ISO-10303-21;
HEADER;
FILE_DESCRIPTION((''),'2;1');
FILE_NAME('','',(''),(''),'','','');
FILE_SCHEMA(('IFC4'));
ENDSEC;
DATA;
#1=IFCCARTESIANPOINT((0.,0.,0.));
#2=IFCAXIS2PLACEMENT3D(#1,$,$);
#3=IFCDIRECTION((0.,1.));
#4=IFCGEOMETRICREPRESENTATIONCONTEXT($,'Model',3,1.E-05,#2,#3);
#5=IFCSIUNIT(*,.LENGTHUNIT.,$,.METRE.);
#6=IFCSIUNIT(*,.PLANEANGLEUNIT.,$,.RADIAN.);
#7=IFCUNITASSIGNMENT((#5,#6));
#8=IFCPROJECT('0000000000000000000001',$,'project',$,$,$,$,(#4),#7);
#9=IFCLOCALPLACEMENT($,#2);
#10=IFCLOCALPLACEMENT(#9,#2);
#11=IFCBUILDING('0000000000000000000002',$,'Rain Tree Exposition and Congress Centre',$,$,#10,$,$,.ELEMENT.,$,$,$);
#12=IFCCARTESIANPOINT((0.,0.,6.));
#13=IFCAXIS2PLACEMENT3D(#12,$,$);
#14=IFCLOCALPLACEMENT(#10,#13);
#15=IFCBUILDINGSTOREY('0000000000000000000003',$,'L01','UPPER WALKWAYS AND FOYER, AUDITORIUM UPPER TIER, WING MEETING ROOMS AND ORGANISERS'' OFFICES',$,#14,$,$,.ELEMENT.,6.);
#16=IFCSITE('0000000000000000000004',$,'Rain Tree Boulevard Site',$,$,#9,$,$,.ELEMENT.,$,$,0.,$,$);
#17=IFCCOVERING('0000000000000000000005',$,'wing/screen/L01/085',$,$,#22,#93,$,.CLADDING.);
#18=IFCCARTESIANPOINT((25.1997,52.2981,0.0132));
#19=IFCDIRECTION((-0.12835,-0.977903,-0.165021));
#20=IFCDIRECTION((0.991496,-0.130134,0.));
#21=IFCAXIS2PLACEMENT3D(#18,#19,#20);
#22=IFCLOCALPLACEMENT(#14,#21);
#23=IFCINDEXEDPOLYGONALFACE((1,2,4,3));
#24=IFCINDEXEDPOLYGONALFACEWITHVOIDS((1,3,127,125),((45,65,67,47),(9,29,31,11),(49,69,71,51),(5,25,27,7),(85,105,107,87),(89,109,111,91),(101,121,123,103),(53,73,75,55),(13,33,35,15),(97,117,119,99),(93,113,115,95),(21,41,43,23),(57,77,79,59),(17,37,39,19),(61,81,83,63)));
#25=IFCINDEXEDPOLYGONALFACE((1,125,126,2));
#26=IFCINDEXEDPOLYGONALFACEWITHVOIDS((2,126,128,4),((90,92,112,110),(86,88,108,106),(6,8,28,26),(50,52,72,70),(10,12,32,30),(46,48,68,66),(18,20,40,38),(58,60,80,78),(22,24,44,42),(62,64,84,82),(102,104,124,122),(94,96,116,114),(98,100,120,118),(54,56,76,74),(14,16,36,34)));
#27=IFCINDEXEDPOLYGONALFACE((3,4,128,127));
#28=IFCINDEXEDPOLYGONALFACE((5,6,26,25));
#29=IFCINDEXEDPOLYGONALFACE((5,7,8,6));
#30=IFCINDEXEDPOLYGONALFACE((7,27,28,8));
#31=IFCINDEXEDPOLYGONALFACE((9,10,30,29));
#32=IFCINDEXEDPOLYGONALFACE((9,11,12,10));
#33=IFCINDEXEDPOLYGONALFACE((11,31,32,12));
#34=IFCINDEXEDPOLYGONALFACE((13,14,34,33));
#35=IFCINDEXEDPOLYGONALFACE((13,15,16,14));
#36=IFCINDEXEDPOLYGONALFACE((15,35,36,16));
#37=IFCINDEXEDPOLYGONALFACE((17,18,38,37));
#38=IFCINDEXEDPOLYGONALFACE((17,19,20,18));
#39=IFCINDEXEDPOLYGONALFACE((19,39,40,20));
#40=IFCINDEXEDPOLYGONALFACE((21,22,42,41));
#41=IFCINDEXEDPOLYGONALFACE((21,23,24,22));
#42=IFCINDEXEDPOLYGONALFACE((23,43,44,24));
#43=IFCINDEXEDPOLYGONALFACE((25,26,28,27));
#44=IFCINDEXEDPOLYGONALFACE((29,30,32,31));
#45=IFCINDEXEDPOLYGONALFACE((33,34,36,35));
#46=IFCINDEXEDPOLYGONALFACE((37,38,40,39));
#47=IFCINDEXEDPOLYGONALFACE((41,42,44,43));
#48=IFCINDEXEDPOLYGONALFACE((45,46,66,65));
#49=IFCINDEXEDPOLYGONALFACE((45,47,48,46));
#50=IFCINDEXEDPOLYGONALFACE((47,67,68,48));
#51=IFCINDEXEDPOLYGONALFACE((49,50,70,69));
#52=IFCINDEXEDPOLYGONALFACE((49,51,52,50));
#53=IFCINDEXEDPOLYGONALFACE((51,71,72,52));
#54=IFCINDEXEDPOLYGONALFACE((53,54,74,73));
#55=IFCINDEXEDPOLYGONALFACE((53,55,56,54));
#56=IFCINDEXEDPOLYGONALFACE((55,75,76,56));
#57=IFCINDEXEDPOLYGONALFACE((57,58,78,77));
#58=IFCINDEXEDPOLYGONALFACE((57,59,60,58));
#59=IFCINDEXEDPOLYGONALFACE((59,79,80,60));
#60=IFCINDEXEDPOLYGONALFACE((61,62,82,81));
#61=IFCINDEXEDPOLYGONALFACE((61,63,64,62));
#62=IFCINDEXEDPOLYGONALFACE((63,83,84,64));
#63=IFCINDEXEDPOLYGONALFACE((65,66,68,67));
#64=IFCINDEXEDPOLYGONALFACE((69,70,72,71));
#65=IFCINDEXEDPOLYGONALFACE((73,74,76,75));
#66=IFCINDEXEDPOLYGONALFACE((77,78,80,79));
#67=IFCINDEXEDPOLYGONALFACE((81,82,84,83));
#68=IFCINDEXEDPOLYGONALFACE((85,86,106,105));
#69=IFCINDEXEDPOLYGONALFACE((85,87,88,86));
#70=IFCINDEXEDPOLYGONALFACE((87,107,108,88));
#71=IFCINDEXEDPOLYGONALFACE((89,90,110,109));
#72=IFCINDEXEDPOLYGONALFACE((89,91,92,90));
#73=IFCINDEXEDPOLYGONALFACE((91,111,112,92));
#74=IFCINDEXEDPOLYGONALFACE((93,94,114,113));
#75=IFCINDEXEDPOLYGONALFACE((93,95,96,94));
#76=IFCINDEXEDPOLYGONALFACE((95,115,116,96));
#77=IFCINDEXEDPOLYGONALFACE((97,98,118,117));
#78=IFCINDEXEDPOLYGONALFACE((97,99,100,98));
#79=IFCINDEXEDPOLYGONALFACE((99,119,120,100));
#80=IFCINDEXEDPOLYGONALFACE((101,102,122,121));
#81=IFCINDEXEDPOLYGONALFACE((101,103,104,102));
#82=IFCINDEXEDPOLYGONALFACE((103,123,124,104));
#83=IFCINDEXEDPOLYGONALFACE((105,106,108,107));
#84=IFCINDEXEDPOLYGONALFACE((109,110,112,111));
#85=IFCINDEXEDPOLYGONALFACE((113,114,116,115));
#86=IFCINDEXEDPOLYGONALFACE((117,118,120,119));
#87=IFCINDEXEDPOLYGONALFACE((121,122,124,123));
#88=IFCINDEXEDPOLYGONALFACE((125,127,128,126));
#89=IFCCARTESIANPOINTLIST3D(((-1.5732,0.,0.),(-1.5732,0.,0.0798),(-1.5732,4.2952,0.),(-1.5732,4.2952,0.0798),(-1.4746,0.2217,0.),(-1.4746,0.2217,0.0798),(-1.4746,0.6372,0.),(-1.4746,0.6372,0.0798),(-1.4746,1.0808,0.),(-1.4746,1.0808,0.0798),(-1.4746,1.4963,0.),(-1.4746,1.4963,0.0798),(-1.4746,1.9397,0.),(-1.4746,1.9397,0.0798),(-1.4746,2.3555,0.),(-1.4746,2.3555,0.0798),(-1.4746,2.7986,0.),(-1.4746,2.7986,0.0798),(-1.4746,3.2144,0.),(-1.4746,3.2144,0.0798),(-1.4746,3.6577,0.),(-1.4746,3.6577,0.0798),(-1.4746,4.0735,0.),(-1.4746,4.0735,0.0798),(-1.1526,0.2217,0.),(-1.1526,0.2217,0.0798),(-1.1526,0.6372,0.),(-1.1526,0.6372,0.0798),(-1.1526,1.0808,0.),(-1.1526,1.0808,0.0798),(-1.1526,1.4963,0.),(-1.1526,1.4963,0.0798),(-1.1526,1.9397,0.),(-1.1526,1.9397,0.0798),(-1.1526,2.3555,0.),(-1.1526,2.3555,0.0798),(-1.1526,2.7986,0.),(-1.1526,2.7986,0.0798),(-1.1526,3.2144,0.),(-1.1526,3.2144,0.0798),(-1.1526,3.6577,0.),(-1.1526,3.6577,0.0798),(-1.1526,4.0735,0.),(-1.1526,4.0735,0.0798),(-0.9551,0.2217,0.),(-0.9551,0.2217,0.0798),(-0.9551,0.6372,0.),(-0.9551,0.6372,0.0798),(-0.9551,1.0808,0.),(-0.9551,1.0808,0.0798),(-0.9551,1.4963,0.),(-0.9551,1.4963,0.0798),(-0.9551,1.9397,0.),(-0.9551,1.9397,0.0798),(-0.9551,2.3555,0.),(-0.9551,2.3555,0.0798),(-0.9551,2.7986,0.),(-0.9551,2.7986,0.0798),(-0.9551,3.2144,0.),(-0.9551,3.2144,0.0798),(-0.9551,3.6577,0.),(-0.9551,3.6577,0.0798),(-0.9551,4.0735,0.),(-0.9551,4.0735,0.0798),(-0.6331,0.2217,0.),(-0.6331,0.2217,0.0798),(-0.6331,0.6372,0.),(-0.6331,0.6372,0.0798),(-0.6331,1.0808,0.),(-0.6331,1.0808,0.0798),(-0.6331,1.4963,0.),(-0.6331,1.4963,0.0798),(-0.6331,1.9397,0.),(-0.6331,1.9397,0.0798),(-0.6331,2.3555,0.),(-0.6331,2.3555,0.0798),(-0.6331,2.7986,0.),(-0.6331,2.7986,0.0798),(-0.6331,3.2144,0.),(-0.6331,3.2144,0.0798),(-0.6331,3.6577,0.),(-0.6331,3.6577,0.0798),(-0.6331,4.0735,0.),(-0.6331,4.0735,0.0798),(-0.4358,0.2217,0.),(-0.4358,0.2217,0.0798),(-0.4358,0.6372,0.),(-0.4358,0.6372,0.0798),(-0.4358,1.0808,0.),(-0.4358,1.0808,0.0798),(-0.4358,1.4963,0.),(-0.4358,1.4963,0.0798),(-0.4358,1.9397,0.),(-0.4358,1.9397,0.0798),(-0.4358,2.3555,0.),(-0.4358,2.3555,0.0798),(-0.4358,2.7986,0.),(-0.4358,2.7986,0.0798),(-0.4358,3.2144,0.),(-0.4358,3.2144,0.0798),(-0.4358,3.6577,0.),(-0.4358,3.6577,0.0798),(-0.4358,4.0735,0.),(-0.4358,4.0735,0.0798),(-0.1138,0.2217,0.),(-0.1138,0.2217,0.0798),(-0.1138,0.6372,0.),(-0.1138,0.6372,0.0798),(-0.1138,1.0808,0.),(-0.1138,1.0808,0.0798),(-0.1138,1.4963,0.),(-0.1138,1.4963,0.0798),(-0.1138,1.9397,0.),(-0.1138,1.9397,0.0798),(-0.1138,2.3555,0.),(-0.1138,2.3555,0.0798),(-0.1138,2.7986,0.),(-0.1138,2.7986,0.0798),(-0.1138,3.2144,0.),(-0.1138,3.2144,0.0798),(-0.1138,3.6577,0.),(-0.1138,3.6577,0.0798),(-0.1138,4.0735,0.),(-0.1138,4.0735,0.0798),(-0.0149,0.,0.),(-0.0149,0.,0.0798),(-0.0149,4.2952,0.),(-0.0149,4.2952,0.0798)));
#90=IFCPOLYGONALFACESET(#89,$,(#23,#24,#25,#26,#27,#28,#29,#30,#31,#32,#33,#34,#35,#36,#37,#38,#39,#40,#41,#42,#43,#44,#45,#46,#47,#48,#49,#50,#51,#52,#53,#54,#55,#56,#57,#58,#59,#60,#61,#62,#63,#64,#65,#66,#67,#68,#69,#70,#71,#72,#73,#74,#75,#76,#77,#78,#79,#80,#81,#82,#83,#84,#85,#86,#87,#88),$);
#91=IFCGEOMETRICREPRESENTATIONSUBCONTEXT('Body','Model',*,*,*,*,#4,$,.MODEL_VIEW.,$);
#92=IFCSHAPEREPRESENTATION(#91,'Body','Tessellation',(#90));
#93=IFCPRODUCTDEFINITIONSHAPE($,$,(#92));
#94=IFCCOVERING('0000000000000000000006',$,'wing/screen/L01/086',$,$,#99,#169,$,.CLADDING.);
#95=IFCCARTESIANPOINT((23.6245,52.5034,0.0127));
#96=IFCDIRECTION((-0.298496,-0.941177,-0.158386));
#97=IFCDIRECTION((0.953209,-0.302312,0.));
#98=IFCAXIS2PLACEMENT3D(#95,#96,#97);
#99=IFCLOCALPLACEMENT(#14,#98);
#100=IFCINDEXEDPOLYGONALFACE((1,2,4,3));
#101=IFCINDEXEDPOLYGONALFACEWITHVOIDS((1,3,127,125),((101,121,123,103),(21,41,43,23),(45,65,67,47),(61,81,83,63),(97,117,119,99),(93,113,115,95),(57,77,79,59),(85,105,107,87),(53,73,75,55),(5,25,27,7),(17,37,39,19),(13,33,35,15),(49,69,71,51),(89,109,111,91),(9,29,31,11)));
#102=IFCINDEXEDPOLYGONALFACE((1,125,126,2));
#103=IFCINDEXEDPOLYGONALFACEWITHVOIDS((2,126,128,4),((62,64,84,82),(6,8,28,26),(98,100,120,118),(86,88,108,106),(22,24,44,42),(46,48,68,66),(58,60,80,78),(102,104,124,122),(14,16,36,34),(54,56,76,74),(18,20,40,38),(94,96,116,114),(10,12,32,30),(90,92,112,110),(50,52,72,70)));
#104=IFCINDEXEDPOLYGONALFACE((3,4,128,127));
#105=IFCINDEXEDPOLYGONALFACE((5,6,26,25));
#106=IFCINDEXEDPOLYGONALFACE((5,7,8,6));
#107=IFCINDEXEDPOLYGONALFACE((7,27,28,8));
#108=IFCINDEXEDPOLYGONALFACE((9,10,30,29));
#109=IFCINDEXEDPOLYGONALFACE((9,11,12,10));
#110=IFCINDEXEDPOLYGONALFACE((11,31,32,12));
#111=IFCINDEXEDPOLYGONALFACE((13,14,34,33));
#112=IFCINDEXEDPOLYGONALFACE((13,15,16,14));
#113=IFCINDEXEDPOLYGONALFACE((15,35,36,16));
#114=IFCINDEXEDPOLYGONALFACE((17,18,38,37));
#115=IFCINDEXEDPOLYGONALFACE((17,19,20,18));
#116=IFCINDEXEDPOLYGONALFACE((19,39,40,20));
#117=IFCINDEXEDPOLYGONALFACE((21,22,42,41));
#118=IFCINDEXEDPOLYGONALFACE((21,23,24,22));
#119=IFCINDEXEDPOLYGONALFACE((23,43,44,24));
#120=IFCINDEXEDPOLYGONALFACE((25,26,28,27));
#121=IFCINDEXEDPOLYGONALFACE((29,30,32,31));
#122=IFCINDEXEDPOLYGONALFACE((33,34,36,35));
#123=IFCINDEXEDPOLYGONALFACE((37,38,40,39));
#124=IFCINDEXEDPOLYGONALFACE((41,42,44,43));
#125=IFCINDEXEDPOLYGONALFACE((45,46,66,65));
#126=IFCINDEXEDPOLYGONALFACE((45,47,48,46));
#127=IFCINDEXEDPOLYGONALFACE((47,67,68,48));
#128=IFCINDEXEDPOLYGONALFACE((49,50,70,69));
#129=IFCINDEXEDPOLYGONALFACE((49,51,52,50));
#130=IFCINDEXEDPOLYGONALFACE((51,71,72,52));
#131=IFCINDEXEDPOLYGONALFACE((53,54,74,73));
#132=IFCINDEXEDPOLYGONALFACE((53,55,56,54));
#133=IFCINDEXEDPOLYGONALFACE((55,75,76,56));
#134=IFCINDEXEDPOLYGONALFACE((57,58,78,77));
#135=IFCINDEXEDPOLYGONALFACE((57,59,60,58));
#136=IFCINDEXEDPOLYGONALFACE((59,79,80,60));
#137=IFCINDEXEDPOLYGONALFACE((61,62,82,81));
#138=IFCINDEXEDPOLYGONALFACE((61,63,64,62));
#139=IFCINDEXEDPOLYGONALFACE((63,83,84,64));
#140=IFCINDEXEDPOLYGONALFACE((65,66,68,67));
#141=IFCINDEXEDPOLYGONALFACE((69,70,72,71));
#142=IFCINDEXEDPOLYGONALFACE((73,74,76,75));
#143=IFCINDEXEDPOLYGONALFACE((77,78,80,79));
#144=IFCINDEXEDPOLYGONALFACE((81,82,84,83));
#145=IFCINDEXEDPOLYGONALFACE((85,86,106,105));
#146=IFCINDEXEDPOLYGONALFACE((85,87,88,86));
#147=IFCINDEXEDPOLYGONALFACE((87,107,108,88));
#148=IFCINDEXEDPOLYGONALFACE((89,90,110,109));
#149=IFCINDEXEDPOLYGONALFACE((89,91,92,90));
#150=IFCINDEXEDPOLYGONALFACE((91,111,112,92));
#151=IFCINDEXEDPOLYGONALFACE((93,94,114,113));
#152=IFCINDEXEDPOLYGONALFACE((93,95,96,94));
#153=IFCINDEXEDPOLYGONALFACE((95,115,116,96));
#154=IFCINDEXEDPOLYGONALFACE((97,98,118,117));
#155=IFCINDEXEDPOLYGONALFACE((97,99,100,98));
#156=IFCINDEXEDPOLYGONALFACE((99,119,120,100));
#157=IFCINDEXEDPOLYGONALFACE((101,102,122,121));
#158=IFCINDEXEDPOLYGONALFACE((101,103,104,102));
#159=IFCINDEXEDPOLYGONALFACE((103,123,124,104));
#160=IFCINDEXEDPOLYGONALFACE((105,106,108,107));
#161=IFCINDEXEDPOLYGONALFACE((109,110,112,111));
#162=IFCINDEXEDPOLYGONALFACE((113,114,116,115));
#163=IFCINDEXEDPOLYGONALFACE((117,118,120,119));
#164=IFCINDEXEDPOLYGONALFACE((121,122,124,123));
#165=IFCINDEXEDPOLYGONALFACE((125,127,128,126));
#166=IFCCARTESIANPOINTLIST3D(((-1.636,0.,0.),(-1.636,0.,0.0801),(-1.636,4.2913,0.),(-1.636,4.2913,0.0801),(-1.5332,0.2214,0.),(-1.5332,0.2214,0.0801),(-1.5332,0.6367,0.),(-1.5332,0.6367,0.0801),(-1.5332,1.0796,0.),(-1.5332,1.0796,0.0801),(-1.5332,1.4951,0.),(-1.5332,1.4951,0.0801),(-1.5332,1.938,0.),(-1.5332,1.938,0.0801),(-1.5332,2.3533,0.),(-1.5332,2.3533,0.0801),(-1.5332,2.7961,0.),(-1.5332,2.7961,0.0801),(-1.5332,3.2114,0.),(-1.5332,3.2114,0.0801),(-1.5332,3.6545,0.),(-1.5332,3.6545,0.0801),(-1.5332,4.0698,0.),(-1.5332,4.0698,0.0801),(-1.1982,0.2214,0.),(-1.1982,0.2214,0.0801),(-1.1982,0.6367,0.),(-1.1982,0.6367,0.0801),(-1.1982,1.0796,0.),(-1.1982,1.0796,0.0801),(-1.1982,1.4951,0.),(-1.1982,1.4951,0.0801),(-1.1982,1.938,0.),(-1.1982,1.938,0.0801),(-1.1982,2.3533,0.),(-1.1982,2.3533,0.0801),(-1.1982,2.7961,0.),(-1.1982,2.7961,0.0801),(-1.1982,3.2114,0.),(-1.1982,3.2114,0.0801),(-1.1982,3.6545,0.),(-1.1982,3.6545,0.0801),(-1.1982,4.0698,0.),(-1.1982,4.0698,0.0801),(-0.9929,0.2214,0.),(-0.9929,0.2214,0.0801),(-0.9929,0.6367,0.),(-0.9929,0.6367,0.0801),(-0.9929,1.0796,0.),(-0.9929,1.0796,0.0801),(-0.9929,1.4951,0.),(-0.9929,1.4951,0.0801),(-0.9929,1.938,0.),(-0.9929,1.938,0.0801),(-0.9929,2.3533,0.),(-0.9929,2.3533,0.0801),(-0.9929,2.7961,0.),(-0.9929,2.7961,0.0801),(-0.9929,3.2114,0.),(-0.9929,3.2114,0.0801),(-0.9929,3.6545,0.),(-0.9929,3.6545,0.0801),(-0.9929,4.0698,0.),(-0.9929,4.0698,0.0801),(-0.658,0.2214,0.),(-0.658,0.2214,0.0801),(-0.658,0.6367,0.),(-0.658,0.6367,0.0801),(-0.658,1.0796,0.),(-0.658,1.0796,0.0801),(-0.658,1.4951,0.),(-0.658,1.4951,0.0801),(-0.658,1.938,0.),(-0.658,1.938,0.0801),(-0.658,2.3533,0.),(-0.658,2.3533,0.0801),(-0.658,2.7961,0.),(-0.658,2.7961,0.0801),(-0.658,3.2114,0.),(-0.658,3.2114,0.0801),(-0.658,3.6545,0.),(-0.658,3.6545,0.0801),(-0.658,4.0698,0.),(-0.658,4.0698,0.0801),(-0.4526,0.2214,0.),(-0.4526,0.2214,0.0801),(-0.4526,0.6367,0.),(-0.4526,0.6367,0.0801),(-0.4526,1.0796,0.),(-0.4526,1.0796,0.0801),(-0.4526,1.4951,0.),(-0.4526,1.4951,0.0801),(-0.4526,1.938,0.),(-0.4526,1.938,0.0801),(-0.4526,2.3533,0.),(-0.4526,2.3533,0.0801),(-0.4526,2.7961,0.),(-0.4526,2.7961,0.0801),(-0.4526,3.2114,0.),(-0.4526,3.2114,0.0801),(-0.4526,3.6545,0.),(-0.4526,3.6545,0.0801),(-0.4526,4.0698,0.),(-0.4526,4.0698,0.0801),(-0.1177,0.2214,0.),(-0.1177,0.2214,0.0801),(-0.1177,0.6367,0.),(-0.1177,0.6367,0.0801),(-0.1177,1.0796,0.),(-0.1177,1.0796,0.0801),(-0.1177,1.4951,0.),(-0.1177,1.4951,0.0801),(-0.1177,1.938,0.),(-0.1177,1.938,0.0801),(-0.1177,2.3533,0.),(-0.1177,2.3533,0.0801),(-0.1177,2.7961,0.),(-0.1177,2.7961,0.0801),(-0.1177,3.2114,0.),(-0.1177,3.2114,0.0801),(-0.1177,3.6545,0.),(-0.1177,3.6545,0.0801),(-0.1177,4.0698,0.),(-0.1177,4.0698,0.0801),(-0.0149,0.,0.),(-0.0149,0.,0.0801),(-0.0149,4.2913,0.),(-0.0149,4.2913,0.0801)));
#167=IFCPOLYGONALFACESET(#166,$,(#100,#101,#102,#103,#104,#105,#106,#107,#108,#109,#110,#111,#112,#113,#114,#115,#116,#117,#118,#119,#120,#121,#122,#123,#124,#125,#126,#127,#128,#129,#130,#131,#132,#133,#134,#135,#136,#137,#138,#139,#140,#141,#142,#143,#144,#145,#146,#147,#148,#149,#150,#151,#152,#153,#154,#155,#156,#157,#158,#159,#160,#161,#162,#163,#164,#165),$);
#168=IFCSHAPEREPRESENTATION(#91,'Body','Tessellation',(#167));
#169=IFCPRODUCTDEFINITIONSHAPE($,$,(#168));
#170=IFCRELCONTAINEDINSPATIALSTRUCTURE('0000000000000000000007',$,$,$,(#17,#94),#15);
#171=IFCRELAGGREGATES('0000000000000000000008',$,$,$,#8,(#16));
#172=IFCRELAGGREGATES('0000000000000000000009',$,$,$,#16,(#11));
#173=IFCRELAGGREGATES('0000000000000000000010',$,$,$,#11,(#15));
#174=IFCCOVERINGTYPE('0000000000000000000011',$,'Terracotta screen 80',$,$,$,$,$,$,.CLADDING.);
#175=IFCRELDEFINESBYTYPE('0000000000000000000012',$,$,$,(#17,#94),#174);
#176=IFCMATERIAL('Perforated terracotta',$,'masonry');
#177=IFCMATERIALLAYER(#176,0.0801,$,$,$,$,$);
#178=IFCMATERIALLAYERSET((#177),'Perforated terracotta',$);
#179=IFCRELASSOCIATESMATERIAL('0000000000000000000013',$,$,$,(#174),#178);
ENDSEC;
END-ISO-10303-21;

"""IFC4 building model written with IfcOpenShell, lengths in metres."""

from ifc_helpers import new_model, si_unit, direction, frame, origin, place, context, subcontext, project, spatial, polyline, outline, extrude, material, layer, layer_set, type_object, element, save


model = new_model("IFC4")

# Units and contexts
model_context = context("Model", 3, precision=1e-05, world=origin(), true_north=direction((0.0, 1.0)))
body_context = subcontext(model_context, "Body", "Model", "MODEL_VIEW")
ifc_project = project(units=[si_unit("LENGTHUNIT", "METRE"), si_unit("PLANEANGLEUNIT", "RADIAN")], contexts=[model_context])

# Site, building, storey
site_placement = place(None, origin())
site = spatial("IfcSite", under=ifc_project, at=site_placement, Name="Rain Tree Boulevard Site", CompositionType="ELEMENT", RefElevation=0.0)
building_placement = place(site_placement, origin())
building = spatial("IfcBuilding", under=site, at=building_placement, Name="Rain Tree Exposition and Congress Centre", CompositionType="ELEMENT")
storey_placement = place(building_placement, frame((0.0, 0.0, 6.0)))
storey = spatial("IfcBuildingStorey", under=building, at=storey_placement, Name="L01", Description="UPPER WALKWAYS AND FOYER, AUDITORIUM UPPER TIER, WING MEETING ROOMS AND ORGANISERS' OFFICES", CompositionType="ELEMENT", Elevation=6.0)

# Coverings
ifc_material_1 = material(Name="Perforated terracotta", Category="masonry")
ifc_layer_1 = layer(ifc_material_1, 0.0801)
ifc_layer_set_1 = layer_set([ifc_layer_1], Name="Perforated terracotta")
covering_type = type_object("IfcCoveringType", Name="Terracotta screen 80", PredefinedType="CLADDING", material=ifc_layer_set_1)
covering_1_placement = place(storey_placement, frame((25.1997, 52.2981, 0.0132), z_axis=(-0.12835, -0.977903, -0.165021), x_axis=(0.991496, -0.130134, 0.0)))
element("IfcCovering", 1, at=covering_1_placement, inside=storey, type_object=covering_type, Name="wing/screen/L01/085", PredefinedType="CLADDING", context=body_context, shape_type="SweptSolid", body=[
    extrude(outline(polyline([(-1.5732, 0.0), (-1.5732, 4.2952), (-0.0149, 4.2952), (-0.0149, 0.0), (-1.5732, 0.0)]), holes=[polyline([(-0.1138, 0.2217), (-0.1138, 0.6372), (-0.4358, 0.6372), (-0.4358, 0.2217), (-0.1138, 0.2217)]), polyline([(-0.1138, 1.0808), (-0.1138, 1.4963), (-0.4358, 1.4963), (-0.4358, 1.0808), (-0.1138, 1.0808)]), polyline([(-0.1138, 1.9397), (-0.1138, 2.3555), (-0.4358, 2.3555), (-0.4358, 1.9397), (-0.1138, 1.9397)]), polyline([(-0.1138, 2.7986), (-0.1138, 3.2144), (-0.4358, 3.2144), (-0.4358, 2.7986), (-0.1138, 2.7986)]), polyline([(-0.1138, 3.6577), (-0.1138, 4.0735), (-0.4358, 4.0735), (-0.4358, 3.6577), (-0.1138, 3.6577)]), polyline([(-0.6331, 0.2217), (-0.6331, 0.6372), (-0.9551, 0.6372), (-0.9551, 0.2217), (-0.6331, 0.2217)]), polyline([(-0.6331, 1.0808), (-0.6331, 1.4963), (-0.9551, 1.4963), (-0.9551, 1.0808), (-0.6331, 1.0808)]), polyline([(-0.6331, 1.9397), (-0.6331, 2.3555), (-0.9551, 2.3555), (-0.9551, 1.9397), (-0.6331, 1.9397)]), polyline([(-0.6331, 2.7986), (-0.6331, 3.2144), (-0.9551, 3.2144), (-0.9551, 2.7986), (-0.6331, 2.7986)]), polyline([(-0.6331, 3.6577), (-0.6331, 4.0735), (-0.9551, 4.0735), (-0.9551, 3.6577), (-0.6331, 3.6577)]), polyline([(-1.1526, 0.2217), (-1.1526, 0.6372), (-1.4746, 0.6372), (-1.4746, 0.2217), (-1.1526, 0.2217)]), polyline([(-1.1526, 1.0808), (-1.1526, 1.4963), (-1.4746, 1.4963), (-1.4746, 1.0808), (-1.1526, 1.0808)]), polyline([(-1.1526, 1.9397), (-1.1526, 2.3555), (-1.4746, 2.3555), (-1.4746, 1.9397), (-1.1526, 1.9397)]), polyline([(-1.1526, 2.7986), (-1.1526, 3.2144), (-1.4746, 3.2144), (-1.4746, 2.7986), (-1.1526, 2.7986)]), polyline([(-1.1526, 3.6577), (-1.1526, 4.0735), (-1.4746, 4.0735), (-1.4746, 3.6577), (-1.1526, 3.6577)])]), origin(), (0.0, 0.0, 1.0), 0.0798),
])
covering_2_placement = place(storey_placement, frame((23.6245, 52.5034, 0.0127), z_axis=(-0.298496, -0.941177, -0.158386), x_axis=(0.953209, -0.302312, 0.0)))
element("IfcCovering", 2, at=covering_2_placement, inside=storey, type_object=covering_type, Name="wing/screen/L01/086", PredefinedType="CLADDING", context=body_context, shape_type="SweptSolid", body=[
    extrude(outline(polyline([(-1.636, 0.0), (-1.636, 4.2913), (-0.0149, 4.2913), (-0.0149, 0.0), (-1.636, 0.0)]), holes=[polyline([(-0.1177, 0.2214), (-0.1177, 0.6367), (-0.4526, 0.6367), (-0.4526, 0.2214), (-0.1177, 0.2214)]), polyline([(-0.1177, 1.0796), (-0.1177, 1.4951), (-0.4526, 1.4951), (-0.4526, 1.0796), (-0.1177, 1.0796)]), polyline([(-0.1177, 1.938), (-0.1177, 2.3533), (-0.4526, 2.3533), (-0.4526, 1.938), (-0.1177, 1.938)]), polyline([(-0.1177, 2.7961), (-0.1177, 3.2114), (-0.4526, 3.2114), (-0.4526, 2.7961), (-0.1177, 2.7961)]), polyline([(-0.1177, 3.6545), (-0.1177, 4.0698), (-0.4526, 4.0698), (-0.4526, 3.6545), (-0.1177, 3.6545)]), polyline([(-0.658, 0.2214), (-0.658, 0.6367), (-0.9929, 0.6367), (-0.9929, 0.2214), (-0.658, 0.2214)]), polyline([(-0.658, 1.0796), (-0.658, 1.4951), (-0.9929, 1.4951), (-0.9929, 1.0796), (-0.658, 1.0796)]), polyline([(-0.658, 1.938), (-0.658, 2.3533), (-0.9929, 2.3533), (-0.9929, 1.938), (-0.658, 1.938)]), polyline([(-0.658, 2.7961), (-0.658, 3.2114), (-0.9929, 3.2114), (-0.9929, 2.7961), (-0.658, 2.7961)]), polyline([(-0.658, 3.6545), (-0.658, 4.0698), (-0.9929, 4.0698), (-0.9929, 3.6545), (-0.658, 3.6545)]), polyline([(-1.1982, 0.2214), (-1.1982, 0.6367), (-1.5332, 0.6367), (-1.5332, 0.2214), (-1.1982, 0.2214)]), polyline([(-1.1982, 1.0796), (-1.1982, 1.4951), (-1.5332, 1.4951), (-1.5332, 1.0796), (-1.1982, 1.0796)]), polyline([(-1.1982, 1.938), (-1.1982, 2.3533), (-1.5332, 2.3533), (-1.5332, 1.938), (-1.1982, 1.938)]), polyline([(-1.1982, 2.7961), (-1.1982, 3.2114), (-1.5332, 3.2114), (-1.5332, 2.7961), (-1.1982, 2.7961)]), polyline([(-1.1982, 3.6545), (-1.1982, 4.0698), (-1.5332, 4.0698), (-1.5332, 3.6545), (-1.1982, 3.6545)])]), origin(), (0.0, 0.0, 1.0), 0.0801),
])

save(model, "model.ifc")
